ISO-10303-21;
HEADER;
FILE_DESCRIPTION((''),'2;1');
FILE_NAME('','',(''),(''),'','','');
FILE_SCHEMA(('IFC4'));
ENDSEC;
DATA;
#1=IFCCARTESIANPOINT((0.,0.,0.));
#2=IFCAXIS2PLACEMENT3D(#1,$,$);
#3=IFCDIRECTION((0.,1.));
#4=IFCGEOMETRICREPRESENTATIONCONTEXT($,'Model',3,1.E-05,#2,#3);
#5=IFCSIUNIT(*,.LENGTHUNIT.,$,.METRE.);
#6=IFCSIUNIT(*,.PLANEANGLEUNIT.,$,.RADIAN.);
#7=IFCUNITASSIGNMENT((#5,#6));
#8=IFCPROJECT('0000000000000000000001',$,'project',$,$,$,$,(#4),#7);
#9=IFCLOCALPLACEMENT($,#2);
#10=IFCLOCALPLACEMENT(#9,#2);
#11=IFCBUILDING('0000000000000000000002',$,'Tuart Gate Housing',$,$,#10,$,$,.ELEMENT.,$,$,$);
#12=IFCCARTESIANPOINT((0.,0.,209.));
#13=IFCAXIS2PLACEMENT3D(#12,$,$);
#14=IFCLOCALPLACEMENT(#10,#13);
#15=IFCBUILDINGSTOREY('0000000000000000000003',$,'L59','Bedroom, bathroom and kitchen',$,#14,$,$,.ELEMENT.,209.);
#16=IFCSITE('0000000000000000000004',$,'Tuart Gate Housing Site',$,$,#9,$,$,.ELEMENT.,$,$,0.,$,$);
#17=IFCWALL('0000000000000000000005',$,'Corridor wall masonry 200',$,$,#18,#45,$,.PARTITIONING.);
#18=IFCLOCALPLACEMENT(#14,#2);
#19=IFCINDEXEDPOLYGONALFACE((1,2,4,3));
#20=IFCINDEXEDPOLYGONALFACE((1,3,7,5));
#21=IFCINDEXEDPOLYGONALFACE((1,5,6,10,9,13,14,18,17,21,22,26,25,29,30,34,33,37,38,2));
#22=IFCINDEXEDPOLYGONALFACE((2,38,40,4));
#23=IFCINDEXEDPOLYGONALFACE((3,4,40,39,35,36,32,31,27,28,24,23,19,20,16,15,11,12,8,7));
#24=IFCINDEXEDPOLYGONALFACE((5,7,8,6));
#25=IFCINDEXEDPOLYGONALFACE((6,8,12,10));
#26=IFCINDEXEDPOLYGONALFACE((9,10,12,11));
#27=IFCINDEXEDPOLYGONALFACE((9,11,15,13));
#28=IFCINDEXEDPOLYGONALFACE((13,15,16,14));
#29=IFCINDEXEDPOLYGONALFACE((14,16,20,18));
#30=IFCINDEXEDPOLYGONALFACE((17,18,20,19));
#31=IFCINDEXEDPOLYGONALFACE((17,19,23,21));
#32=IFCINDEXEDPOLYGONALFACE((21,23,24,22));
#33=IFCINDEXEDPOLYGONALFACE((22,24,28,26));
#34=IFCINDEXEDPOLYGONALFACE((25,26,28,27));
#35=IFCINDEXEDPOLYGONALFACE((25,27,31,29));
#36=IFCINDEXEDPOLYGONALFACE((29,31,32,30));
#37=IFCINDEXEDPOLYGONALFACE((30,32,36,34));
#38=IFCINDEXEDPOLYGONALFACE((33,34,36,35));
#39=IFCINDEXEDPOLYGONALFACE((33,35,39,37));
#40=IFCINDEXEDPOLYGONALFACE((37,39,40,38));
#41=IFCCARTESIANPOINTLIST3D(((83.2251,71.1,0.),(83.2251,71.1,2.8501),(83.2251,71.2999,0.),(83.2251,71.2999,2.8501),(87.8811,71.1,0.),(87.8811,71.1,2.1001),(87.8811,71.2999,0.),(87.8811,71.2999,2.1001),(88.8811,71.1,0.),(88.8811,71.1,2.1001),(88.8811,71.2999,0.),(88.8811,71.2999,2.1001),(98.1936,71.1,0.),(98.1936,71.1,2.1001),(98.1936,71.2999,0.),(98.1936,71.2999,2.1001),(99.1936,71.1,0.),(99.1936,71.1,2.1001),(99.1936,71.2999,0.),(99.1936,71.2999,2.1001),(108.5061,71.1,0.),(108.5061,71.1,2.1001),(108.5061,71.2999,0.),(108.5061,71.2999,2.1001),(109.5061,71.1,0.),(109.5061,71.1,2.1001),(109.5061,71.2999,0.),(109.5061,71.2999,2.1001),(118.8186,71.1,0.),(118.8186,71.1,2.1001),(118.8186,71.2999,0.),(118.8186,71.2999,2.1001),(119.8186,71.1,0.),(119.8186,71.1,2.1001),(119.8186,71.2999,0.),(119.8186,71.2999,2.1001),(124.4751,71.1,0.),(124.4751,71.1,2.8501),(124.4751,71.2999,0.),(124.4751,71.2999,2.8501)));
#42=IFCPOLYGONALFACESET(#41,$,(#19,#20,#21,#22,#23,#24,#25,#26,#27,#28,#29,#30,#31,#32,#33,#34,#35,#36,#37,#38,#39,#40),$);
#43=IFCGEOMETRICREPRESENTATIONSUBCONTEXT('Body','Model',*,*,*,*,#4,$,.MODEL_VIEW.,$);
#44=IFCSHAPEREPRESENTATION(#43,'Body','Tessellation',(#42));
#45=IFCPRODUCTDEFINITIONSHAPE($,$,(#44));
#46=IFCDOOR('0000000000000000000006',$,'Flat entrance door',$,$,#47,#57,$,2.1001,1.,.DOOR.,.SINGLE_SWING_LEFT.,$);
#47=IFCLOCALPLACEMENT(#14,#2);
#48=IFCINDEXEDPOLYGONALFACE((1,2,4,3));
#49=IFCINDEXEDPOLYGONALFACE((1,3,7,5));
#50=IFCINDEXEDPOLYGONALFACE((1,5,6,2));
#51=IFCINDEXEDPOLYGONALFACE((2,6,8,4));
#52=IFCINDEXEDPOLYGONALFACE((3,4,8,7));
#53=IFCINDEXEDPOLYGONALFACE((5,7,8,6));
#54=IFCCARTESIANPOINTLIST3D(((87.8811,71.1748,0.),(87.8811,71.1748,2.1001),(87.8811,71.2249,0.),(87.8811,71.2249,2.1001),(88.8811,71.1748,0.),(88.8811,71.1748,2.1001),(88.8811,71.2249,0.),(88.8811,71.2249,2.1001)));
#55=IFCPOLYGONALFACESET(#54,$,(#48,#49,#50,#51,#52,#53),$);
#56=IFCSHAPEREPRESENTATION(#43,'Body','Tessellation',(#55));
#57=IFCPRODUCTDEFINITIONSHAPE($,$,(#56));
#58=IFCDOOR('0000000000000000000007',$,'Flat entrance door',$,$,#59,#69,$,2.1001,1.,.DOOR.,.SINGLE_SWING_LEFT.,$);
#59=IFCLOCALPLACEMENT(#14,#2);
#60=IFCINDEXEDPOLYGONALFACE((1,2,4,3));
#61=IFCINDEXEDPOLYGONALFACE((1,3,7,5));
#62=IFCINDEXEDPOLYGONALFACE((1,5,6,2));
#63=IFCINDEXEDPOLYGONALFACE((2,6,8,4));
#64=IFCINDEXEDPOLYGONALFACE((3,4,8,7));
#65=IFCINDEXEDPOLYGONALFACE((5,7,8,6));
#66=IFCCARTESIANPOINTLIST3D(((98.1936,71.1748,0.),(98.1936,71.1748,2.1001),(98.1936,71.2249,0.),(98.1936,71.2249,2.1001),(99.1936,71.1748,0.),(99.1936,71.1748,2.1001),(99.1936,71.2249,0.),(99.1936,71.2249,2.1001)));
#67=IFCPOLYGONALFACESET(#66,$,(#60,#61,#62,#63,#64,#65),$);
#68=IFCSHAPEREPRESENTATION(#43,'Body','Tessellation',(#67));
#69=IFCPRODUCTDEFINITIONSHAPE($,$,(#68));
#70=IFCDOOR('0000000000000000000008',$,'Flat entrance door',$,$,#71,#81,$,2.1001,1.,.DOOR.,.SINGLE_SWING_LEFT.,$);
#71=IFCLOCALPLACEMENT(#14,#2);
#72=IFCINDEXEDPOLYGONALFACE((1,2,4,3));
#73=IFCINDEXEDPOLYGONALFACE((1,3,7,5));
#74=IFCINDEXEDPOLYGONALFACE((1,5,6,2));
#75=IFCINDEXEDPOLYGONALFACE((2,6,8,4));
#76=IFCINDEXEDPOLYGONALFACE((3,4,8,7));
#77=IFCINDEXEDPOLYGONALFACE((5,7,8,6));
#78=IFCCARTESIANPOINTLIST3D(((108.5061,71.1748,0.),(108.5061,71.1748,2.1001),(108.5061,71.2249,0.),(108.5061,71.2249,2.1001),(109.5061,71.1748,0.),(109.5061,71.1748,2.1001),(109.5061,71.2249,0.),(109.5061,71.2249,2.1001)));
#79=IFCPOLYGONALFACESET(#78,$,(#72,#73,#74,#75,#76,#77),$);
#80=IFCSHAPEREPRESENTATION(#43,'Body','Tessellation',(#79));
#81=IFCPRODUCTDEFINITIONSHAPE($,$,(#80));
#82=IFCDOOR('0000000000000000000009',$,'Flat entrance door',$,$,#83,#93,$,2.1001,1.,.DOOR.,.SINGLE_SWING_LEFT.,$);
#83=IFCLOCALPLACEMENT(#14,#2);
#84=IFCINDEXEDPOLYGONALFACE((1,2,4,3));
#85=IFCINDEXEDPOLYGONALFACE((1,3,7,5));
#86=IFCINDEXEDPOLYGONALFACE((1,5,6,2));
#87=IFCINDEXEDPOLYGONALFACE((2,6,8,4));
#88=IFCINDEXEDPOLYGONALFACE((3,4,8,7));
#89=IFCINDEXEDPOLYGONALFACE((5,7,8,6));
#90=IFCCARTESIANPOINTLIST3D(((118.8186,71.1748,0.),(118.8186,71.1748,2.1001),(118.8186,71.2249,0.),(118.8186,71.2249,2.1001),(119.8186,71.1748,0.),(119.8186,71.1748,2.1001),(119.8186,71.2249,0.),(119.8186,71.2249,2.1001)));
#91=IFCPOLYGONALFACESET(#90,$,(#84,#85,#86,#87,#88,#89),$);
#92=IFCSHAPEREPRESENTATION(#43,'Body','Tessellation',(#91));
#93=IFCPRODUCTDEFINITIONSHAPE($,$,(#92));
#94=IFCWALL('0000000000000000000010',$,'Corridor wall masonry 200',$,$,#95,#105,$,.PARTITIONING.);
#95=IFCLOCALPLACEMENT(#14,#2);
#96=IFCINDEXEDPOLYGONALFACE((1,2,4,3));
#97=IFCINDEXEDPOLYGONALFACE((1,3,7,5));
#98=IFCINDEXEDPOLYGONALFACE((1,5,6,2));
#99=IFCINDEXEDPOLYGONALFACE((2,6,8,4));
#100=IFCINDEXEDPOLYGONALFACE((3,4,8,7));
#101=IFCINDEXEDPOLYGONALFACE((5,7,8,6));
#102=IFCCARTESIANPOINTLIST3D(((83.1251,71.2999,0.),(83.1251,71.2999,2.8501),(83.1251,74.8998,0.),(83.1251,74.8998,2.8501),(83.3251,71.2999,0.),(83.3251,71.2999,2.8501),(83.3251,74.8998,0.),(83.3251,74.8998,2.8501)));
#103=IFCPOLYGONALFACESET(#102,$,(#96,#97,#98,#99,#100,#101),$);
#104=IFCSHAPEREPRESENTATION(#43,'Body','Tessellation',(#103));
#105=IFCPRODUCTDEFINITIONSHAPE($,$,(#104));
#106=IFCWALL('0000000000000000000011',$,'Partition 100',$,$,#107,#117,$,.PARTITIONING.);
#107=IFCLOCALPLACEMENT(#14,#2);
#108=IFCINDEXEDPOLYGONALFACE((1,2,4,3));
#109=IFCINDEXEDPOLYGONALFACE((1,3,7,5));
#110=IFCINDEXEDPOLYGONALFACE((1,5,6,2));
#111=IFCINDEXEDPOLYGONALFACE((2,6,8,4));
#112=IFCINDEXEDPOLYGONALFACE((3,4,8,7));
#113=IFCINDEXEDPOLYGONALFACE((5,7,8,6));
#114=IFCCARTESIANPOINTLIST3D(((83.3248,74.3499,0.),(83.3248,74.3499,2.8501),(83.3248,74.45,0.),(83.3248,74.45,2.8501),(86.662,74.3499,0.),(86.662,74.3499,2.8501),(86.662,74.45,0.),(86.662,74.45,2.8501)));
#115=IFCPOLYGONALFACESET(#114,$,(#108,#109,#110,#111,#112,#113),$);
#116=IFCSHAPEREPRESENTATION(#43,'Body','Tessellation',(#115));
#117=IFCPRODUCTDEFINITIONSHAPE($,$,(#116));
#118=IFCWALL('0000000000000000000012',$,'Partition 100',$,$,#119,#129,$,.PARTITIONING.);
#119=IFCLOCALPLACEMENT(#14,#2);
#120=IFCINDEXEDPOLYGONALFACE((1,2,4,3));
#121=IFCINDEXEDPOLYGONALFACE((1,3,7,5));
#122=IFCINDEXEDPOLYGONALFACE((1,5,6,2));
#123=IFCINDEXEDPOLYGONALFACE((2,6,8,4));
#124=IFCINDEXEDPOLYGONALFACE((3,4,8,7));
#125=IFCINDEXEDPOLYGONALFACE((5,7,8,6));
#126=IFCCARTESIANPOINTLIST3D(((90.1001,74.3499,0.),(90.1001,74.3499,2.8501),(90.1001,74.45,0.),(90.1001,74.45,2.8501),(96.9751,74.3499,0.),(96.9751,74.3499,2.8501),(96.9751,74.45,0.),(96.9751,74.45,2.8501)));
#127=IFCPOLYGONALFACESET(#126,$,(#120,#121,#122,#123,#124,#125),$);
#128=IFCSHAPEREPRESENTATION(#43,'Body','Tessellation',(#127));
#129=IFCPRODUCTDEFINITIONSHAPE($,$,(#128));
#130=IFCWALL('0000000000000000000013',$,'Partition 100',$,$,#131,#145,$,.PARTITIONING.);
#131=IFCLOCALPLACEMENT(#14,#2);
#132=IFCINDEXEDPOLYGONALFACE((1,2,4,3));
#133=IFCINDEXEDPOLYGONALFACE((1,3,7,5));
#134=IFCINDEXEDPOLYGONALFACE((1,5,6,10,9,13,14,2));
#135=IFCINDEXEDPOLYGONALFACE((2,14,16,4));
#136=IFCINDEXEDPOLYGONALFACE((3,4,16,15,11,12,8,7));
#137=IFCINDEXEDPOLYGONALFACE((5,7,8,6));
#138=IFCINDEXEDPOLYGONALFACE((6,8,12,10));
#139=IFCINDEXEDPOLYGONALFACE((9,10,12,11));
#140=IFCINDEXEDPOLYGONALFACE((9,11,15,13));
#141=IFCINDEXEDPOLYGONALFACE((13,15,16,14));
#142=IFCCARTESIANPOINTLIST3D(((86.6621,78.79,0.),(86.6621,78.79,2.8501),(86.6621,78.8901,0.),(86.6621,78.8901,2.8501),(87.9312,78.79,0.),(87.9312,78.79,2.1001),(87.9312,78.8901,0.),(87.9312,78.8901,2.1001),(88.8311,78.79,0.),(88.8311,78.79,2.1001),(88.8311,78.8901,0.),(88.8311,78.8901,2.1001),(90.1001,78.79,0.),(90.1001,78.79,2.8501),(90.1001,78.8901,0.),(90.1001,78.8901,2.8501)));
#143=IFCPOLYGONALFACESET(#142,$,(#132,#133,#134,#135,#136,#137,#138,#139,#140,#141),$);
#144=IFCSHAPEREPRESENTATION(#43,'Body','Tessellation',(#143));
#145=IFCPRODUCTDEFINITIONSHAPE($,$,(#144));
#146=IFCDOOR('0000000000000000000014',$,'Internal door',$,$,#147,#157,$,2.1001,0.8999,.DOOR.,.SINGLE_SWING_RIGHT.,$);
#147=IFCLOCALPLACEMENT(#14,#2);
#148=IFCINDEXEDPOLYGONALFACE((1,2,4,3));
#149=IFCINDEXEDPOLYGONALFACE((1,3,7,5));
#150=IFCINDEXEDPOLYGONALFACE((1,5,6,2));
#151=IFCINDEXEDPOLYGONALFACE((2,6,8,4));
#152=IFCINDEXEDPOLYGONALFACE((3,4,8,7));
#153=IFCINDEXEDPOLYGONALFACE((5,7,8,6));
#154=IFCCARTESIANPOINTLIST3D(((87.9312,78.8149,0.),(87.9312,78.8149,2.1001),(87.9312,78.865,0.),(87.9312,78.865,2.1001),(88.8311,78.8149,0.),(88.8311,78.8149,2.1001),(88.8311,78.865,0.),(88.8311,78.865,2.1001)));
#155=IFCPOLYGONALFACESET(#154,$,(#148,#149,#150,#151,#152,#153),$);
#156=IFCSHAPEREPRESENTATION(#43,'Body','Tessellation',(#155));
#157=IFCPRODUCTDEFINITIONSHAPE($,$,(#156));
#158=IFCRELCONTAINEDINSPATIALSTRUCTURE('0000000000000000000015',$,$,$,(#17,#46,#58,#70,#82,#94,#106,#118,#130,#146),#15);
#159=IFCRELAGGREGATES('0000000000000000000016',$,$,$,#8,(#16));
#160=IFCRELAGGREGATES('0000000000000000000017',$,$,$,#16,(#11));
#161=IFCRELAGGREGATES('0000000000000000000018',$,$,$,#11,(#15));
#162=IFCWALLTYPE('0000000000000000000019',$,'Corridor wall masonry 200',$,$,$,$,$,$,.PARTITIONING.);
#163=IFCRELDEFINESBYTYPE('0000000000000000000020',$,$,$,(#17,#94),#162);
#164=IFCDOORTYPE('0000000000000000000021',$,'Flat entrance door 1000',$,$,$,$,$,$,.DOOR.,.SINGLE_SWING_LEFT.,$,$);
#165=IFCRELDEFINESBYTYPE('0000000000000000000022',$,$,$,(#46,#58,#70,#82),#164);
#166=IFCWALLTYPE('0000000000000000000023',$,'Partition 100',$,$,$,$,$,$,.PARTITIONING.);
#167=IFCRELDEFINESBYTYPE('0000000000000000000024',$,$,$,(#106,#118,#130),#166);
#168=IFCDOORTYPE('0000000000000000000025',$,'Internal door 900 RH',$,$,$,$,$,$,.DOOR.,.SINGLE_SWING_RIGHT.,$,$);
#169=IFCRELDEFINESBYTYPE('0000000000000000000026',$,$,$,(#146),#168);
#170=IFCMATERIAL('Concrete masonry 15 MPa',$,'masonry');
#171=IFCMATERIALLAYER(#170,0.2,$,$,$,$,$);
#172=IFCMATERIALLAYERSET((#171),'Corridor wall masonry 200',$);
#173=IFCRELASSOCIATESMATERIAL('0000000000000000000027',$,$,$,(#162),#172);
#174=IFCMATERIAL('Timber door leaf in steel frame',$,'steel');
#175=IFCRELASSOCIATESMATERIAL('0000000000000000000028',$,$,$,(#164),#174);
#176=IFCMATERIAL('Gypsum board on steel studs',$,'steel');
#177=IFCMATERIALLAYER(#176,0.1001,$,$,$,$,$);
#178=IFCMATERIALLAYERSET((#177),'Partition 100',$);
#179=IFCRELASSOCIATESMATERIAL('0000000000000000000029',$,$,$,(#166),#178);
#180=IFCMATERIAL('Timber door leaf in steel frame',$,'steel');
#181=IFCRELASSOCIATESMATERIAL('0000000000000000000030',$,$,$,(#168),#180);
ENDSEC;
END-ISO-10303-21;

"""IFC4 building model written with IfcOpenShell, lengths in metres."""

from ifc_helpers import new_model, si_unit, direction, frame, frame_2d, origin, place, context, subcontext, project, spatial, rectangle, extrude, material, layer, layer_set, type_object, element, fill, save


model = new_model("IFC4")

# Units and contexts
model_context = context("Model", 3, precision=1e-05, world=origin(), true_north=direction((0.0, 1.0)))
body_context = subcontext(model_context, "Body", "Model", "MODEL_VIEW")
ifc_project = project(units=[si_unit("LENGTHUNIT", "METRE"), si_unit("PLANEANGLEUNIT", "RADIAN")], contexts=[model_context])

# Site, building, storey
site_placement = place(None, origin())
site = spatial("IfcSite", under=ifc_project, at=site_placement, Name="Tuart Gate Housing Site", CompositionType="ELEMENT", RefElevation=0.0)
building_placement = place(site_placement, origin())
building = spatial("IfcBuilding", under=site, at=building_placement, Name="Tuart Gate Housing", CompositionType="ELEMENT")
storey_placement = place(building_placement, frame((0.0, 0.0, 209.0)))
storey = spatial("IfcBuildingStorey", under=building, at=storey_placement, Name="L59", Description="Bedroom, bathroom and kitchen", CompositionType="ELEMENT", Elevation=209.0)

# Wall, openings, doors
ifc_material_1 = material(Name="Concrete masonry 15 MPa", Category="masonry")
ifc_layer_1 = layer(ifc_material_1, 0.2)
ifc_layer_set_1 = layer_set([ifc_layer_1], Name="Corridor wall masonry 200")
wall_type_1 = type_object("IfcWallType", Name="Corridor wall masonry 200", PredefinedType="PARTITIONING", material=ifc_layer_set_1)
wall_1_placement = place(storey_placement, frame((83.2251, 71.2, 0.0), z_axis=(0.0, 0.0, 1.0), x_axis=(1.0, 0.0, 0.0)))
wall_1 = element("IfcWall", 1, at=wall_1_placement, inside=storey, type_object=wall_type_1, Name="Corridor wall masonry 200", PredefinedType="PARTITIONING", context=body_context, shape_type="SweptSolid", body=[
    extrude(rectangle(XDim=41.25, YDim=0.2, at=frame_2d((20.625, 0.0))), origin(), (0.0, 0.0, 1.0), 2.8501),
])
opening_1_placement = place(wall_1_placement, frame((4.656, 0.0, 0.0)))
opening_1 = element("IfcOpeningElement", 2, at=opening_1_placement, cuts=wall_1, PredefinedType="OPENING", context=body_context, shape_type="SweptSolid", body=[
    extrude(rectangle(XDim=1.0, YDim=2.1001, at=frame_2d((0.5, 1.05))), frame((0.0, 0.1099, 0.0), z_axis=(0.0, -1.0, 0.0), x_axis=(1.0, 0.0, 0.0)), (0.0, 0.0, 1.0), 0.22),
])
opening_2_placement = place(wall_1_placement, frame((14.9685, 0.0, 0.0)))
opening_2 = element("IfcOpeningElement", 3, at=opening_2_placement, cuts=wall_1, PredefinedType="OPENING", context=body_context, shape_type="SweptSolid", body=[
    extrude(rectangle(XDim=1.0, YDim=2.1001, at=frame_2d((0.5, 1.05))), frame((0.0, 0.1099, 0.0), z_axis=(0.0, -1.0, 0.0), x_axis=(1.0, 0.0, 0.0)), (0.0, 0.0, 1.0), 0.22),
])
opening_3_placement = place(wall_1_placement, frame((25.281, 0.0, 0.0)))
opening_3 = element("IfcOpeningElement", 4, at=opening_3_placement, cuts=wall_1, PredefinedType="OPENING", context=body_context, shape_type="SweptSolid", body=[
    extrude(rectangle(XDim=1.0, YDim=2.1001, at=frame_2d((0.5, 1.05))), frame((0.0, 0.1099, 0.0), z_axis=(0.0, -1.0, 0.0), x_axis=(1.0, 0.0, 0.0)), (0.0, 0.0, 1.0), 0.22),
])
opening_4_placement = place(wall_1_placement, frame((35.5935, 0.0, 0.0)))
opening_4 = element("IfcOpeningElement", 5, at=opening_4_placement, cuts=wall_1, PredefinedType="OPENING", context=body_context, shape_type="SweptSolid", body=[
    extrude(rectangle(XDim=1.0, YDim=2.1001, at=frame_2d((0.5, 1.05))), frame((0.0, 0.1099, 0.0), z_axis=(0.0, -1.0, 0.0), x_axis=(1.0, 0.0, 0.0)), (0.0, 0.0, 1.0), 0.22),
])
ifc_material_2 = material(Name="Timber door leaf in steel frame", Category="steel")
door_type_1 = type_object("IfcDoorType", Name="Flat entrance door 1000", OperationType="SINGLE_SWING_LEFT", PredefinedType="DOOR", material=ifc_material_2)
door_1_placement = place(opening_1_placement, origin())
door_1 = element("IfcDoor", 6, at=door_1_placement, inside=storey, type_object=door_type_1, Name="Flat entrance door", OperationType="SINGLE_SWING_LEFT", OverallHeight=2.1001, OverallWidth=1.0, PredefinedType="DOOR", context=body_context, shape_type="SweptSolid", body=[
    extrude(rectangle(XDim=1.0, YDim=2.1001, at=frame_2d((0.5, 1.05))), frame((0.0, 0.0249, 0.0), z_axis=(0.0, -1.0, 0.0), x_axis=(1.0, 0.0, 0.0)), (0.0, 0.0, 1.0), 0.05),
])
fill(opening_1, door_1)
door_2_placement = place(opening_2_placement, origin())
door_2 = element("IfcDoor", 7, at=door_2_placement, inside=storey, type_object=door_type_1, Name="Flat entrance door", OperationType="SINGLE_SWING_LEFT", OverallHeight=2.1001, OverallWidth=1.0, PredefinedType="DOOR", context=body_context, shape_type="SweptSolid", body=[
    extrude(rectangle(XDim=1.0, YDim=2.1001, at=frame_2d((0.5, 1.05))), frame((0.0, 0.0249, 0.0), z_axis=(0.0, -1.0, 0.0), x_axis=(1.0, 0.0, 0.0)), (0.0, 0.0, 1.0), 0.05),
])
fill(opening_2, door_2)
door_3_placement = place(opening_3_placement, origin())
door_3 = element("IfcDoor", 8, at=door_3_placement, inside=storey, type_object=door_type_1, Name="Flat entrance door", OperationType="SINGLE_SWING_LEFT", OverallHeight=2.1001, OverallWidth=1.0, PredefinedType="DOOR", context=body_context, shape_type="SweptSolid", body=[
    extrude(rectangle(XDim=1.0, YDim=2.1001, at=frame_2d((0.5, 1.05))), frame((0.0, 0.0249, 0.0), z_axis=(0.0, -1.0, 0.0), x_axis=(1.0, 0.0, 0.0)), (0.0, 0.0, 1.0), 0.05),
])
fill(opening_3, door_3)
door_4_placement = place(opening_4_placement, origin())
door_4 = element("IfcDoor", 9, at=door_4_placement, inside=storey, type_object=door_type_1, Name="Flat entrance door", OperationType="SINGLE_SWING_LEFT", OverallHeight=2.1001, OverallWidth=1.0, PredefinedType="DOOR", context=body_context, shape_type="SweptSolid", body=[
    extrude(rectangle(XDim=1.0, YDim=2.1001, at=frame_2d((0.5, 1.05))), frame((0.0, 0.0249, 0.0), z_axis=(0.0, -1.0, 0.0), x_axis=(1.0, 0.0, 0.0)), (0.0, 0.0, 1.0), 0.05),
])
fill(opening_4, door_4)

# Walls
wall_2_placement = place(storey_placement, frame((83.2251, 71.3, 0.0), z_axis=(0.0, 0.0, 1.0), x_axis=(0.0, 1.0, 0.0)))
element("IfcWall", 10, at=wall_2_placement, inside=storey, type_object=wall_type_1, Name="Corridor wall masonry 200", PredefinedType="PARTITIONING", context=body_context, shape_type="SweptSolid", body=[
    extrude(rectangle(XDim=3.5999, YDim=0.2, at=frame_2d((1.7998, 0.0))), origin(), (0.0, 0.0, 1.0), 2.8501),
])
ifc_material_3 = material(Name="Gypsum board on steel studs", Category="steel")
ifc_layer_2 = layer(ifc_material_3, 0.1001)
ifc_layer_set_2 = layer_set([ifc_layer_2], Name="Partition 100")
wall_type_2 = type_object("IfcWallType", Name="Partition 100", PredefinedType="PARTITIONING", material=ifc_layer_set_2)
wall_3_placement = place(storey_placement, frame((83.325, 74.3999, 0.0), z_axis=(0.0, 0.0, 1.0), x_axis=(1.0, 0.0, 0.0)))
element("IfcWall", 11, at=wall_3_placement, inside=storey, type_object=wall_type_2, Name="Partition 100", PredefinedType="PARTITIONING", context=body_context, shape_type="SweptSolid", body=[
    extrude(rectangle(XDim=3.3372, YDim=0.1001, at=frame_2d((1.6685, 0.0))), origin(), (0.0, 0.0, 1.0), 2.8501),
])
wall_4_placement = place(storey_placement, frame((90.1001, 74.3999, 0.0), z_axis=(0.0, 0.0, 1.0), x_axis=(1.0, 0.0, 0.0)))
element("IfcWall", 12, at=wall_4_placement, inside=storey, type_object=wall_type_2, Name="Partition 100", PredefinedType="PARTITIONING", context=body_context, shape_type="SweptSolid", body=[
    extrude(rectangle(XDim=6.875, YDim=0.1001, at=frame_2d((3.4375, 0.0))), origin(), (0.0, 0.0, 1.0), 2.8501),
])

# Wall, opening, door
wall_5_placement = place(storey_placement, frame((86.6621, 78.8401, 0.0), z_axis=(0.0, 0.0, 1.0), x_axis=(1.0, 0.0, 0.0)))
wall_5 = element("IfcWall", 13, at=wall_5_placement, inside=storey, type_object=wall_type_2, Name="Partition 100", PredefinedType="PARTITIONING", context=body_context, shape_type="SweptSolid", body=[
    extrude(rectangle(XDim=3.438, YDim=0.1001, at=frame_2d((1.719, 0.0))), origin(), (0.0, 0.0, 1.0), 2.8501),
])
opening_5_placement = place(wall_5_placement, frame((1.269, 0.0, 0.0)))
opening_5 = element("IfcOpeningElement", 14, at=opening_5_placement, cuts=wall_5, PredefinedType="OPENING", context=body_context, shape_type="SweptSolid", body=[
    extrude(rectangle(XDim=0.8999, YDim=2.1001, at=frame_2d((0.45, 1.05))), frame((0.0, 0.0601, 0.0), z_axis=(0.0, -1.0, 0.0), x_axis=(1.0, 0.0, 0.0)), (0.0, 0.0, 1.0), 0.1201),
])
ifc_material_4 = material(Name="Timber door leaf in steel frame", Category="steel")
door_type_2 = type_object("IfcDoorType", Name="Internal door 900 RH", OperationType="SINGLE_SWING_RIGHT", PredefinedType="DOOR", material=ifc_material_4)
door_5_placement = place(opening_5_placement, frame((0.8999, 0.0, 0.0), z_axis=(0.0, 0.0, 1.0), x_axis=(-1.0, 0.0, 0.0)))
door_5 = element("IfcDoor", 15, at=door_5_placement, inside=storey, type_object=door_type_2, Name="Internal door", OperationType="SINGLE_SWING_RIGHT", OverallHeight=2.1001, OverallWidth=0.8999, PredefinedType="DOOR", context=body_context, shape_type="SweptSolid", body=[
    extrude(rectangle(XDim=0.8999, YDim=2.1001, at=frame_2d((0.45, 1.05))), frame((0.0, 0.0251, 0.0), z_axis=(0.0, -1.0, 0.0), x_axis=(1.0, 0.0, 0.0)), (0.0, 0.0, 1.0), 0.05),
])
fill(opening_5, door_5)

save(model, "model.ifc")
